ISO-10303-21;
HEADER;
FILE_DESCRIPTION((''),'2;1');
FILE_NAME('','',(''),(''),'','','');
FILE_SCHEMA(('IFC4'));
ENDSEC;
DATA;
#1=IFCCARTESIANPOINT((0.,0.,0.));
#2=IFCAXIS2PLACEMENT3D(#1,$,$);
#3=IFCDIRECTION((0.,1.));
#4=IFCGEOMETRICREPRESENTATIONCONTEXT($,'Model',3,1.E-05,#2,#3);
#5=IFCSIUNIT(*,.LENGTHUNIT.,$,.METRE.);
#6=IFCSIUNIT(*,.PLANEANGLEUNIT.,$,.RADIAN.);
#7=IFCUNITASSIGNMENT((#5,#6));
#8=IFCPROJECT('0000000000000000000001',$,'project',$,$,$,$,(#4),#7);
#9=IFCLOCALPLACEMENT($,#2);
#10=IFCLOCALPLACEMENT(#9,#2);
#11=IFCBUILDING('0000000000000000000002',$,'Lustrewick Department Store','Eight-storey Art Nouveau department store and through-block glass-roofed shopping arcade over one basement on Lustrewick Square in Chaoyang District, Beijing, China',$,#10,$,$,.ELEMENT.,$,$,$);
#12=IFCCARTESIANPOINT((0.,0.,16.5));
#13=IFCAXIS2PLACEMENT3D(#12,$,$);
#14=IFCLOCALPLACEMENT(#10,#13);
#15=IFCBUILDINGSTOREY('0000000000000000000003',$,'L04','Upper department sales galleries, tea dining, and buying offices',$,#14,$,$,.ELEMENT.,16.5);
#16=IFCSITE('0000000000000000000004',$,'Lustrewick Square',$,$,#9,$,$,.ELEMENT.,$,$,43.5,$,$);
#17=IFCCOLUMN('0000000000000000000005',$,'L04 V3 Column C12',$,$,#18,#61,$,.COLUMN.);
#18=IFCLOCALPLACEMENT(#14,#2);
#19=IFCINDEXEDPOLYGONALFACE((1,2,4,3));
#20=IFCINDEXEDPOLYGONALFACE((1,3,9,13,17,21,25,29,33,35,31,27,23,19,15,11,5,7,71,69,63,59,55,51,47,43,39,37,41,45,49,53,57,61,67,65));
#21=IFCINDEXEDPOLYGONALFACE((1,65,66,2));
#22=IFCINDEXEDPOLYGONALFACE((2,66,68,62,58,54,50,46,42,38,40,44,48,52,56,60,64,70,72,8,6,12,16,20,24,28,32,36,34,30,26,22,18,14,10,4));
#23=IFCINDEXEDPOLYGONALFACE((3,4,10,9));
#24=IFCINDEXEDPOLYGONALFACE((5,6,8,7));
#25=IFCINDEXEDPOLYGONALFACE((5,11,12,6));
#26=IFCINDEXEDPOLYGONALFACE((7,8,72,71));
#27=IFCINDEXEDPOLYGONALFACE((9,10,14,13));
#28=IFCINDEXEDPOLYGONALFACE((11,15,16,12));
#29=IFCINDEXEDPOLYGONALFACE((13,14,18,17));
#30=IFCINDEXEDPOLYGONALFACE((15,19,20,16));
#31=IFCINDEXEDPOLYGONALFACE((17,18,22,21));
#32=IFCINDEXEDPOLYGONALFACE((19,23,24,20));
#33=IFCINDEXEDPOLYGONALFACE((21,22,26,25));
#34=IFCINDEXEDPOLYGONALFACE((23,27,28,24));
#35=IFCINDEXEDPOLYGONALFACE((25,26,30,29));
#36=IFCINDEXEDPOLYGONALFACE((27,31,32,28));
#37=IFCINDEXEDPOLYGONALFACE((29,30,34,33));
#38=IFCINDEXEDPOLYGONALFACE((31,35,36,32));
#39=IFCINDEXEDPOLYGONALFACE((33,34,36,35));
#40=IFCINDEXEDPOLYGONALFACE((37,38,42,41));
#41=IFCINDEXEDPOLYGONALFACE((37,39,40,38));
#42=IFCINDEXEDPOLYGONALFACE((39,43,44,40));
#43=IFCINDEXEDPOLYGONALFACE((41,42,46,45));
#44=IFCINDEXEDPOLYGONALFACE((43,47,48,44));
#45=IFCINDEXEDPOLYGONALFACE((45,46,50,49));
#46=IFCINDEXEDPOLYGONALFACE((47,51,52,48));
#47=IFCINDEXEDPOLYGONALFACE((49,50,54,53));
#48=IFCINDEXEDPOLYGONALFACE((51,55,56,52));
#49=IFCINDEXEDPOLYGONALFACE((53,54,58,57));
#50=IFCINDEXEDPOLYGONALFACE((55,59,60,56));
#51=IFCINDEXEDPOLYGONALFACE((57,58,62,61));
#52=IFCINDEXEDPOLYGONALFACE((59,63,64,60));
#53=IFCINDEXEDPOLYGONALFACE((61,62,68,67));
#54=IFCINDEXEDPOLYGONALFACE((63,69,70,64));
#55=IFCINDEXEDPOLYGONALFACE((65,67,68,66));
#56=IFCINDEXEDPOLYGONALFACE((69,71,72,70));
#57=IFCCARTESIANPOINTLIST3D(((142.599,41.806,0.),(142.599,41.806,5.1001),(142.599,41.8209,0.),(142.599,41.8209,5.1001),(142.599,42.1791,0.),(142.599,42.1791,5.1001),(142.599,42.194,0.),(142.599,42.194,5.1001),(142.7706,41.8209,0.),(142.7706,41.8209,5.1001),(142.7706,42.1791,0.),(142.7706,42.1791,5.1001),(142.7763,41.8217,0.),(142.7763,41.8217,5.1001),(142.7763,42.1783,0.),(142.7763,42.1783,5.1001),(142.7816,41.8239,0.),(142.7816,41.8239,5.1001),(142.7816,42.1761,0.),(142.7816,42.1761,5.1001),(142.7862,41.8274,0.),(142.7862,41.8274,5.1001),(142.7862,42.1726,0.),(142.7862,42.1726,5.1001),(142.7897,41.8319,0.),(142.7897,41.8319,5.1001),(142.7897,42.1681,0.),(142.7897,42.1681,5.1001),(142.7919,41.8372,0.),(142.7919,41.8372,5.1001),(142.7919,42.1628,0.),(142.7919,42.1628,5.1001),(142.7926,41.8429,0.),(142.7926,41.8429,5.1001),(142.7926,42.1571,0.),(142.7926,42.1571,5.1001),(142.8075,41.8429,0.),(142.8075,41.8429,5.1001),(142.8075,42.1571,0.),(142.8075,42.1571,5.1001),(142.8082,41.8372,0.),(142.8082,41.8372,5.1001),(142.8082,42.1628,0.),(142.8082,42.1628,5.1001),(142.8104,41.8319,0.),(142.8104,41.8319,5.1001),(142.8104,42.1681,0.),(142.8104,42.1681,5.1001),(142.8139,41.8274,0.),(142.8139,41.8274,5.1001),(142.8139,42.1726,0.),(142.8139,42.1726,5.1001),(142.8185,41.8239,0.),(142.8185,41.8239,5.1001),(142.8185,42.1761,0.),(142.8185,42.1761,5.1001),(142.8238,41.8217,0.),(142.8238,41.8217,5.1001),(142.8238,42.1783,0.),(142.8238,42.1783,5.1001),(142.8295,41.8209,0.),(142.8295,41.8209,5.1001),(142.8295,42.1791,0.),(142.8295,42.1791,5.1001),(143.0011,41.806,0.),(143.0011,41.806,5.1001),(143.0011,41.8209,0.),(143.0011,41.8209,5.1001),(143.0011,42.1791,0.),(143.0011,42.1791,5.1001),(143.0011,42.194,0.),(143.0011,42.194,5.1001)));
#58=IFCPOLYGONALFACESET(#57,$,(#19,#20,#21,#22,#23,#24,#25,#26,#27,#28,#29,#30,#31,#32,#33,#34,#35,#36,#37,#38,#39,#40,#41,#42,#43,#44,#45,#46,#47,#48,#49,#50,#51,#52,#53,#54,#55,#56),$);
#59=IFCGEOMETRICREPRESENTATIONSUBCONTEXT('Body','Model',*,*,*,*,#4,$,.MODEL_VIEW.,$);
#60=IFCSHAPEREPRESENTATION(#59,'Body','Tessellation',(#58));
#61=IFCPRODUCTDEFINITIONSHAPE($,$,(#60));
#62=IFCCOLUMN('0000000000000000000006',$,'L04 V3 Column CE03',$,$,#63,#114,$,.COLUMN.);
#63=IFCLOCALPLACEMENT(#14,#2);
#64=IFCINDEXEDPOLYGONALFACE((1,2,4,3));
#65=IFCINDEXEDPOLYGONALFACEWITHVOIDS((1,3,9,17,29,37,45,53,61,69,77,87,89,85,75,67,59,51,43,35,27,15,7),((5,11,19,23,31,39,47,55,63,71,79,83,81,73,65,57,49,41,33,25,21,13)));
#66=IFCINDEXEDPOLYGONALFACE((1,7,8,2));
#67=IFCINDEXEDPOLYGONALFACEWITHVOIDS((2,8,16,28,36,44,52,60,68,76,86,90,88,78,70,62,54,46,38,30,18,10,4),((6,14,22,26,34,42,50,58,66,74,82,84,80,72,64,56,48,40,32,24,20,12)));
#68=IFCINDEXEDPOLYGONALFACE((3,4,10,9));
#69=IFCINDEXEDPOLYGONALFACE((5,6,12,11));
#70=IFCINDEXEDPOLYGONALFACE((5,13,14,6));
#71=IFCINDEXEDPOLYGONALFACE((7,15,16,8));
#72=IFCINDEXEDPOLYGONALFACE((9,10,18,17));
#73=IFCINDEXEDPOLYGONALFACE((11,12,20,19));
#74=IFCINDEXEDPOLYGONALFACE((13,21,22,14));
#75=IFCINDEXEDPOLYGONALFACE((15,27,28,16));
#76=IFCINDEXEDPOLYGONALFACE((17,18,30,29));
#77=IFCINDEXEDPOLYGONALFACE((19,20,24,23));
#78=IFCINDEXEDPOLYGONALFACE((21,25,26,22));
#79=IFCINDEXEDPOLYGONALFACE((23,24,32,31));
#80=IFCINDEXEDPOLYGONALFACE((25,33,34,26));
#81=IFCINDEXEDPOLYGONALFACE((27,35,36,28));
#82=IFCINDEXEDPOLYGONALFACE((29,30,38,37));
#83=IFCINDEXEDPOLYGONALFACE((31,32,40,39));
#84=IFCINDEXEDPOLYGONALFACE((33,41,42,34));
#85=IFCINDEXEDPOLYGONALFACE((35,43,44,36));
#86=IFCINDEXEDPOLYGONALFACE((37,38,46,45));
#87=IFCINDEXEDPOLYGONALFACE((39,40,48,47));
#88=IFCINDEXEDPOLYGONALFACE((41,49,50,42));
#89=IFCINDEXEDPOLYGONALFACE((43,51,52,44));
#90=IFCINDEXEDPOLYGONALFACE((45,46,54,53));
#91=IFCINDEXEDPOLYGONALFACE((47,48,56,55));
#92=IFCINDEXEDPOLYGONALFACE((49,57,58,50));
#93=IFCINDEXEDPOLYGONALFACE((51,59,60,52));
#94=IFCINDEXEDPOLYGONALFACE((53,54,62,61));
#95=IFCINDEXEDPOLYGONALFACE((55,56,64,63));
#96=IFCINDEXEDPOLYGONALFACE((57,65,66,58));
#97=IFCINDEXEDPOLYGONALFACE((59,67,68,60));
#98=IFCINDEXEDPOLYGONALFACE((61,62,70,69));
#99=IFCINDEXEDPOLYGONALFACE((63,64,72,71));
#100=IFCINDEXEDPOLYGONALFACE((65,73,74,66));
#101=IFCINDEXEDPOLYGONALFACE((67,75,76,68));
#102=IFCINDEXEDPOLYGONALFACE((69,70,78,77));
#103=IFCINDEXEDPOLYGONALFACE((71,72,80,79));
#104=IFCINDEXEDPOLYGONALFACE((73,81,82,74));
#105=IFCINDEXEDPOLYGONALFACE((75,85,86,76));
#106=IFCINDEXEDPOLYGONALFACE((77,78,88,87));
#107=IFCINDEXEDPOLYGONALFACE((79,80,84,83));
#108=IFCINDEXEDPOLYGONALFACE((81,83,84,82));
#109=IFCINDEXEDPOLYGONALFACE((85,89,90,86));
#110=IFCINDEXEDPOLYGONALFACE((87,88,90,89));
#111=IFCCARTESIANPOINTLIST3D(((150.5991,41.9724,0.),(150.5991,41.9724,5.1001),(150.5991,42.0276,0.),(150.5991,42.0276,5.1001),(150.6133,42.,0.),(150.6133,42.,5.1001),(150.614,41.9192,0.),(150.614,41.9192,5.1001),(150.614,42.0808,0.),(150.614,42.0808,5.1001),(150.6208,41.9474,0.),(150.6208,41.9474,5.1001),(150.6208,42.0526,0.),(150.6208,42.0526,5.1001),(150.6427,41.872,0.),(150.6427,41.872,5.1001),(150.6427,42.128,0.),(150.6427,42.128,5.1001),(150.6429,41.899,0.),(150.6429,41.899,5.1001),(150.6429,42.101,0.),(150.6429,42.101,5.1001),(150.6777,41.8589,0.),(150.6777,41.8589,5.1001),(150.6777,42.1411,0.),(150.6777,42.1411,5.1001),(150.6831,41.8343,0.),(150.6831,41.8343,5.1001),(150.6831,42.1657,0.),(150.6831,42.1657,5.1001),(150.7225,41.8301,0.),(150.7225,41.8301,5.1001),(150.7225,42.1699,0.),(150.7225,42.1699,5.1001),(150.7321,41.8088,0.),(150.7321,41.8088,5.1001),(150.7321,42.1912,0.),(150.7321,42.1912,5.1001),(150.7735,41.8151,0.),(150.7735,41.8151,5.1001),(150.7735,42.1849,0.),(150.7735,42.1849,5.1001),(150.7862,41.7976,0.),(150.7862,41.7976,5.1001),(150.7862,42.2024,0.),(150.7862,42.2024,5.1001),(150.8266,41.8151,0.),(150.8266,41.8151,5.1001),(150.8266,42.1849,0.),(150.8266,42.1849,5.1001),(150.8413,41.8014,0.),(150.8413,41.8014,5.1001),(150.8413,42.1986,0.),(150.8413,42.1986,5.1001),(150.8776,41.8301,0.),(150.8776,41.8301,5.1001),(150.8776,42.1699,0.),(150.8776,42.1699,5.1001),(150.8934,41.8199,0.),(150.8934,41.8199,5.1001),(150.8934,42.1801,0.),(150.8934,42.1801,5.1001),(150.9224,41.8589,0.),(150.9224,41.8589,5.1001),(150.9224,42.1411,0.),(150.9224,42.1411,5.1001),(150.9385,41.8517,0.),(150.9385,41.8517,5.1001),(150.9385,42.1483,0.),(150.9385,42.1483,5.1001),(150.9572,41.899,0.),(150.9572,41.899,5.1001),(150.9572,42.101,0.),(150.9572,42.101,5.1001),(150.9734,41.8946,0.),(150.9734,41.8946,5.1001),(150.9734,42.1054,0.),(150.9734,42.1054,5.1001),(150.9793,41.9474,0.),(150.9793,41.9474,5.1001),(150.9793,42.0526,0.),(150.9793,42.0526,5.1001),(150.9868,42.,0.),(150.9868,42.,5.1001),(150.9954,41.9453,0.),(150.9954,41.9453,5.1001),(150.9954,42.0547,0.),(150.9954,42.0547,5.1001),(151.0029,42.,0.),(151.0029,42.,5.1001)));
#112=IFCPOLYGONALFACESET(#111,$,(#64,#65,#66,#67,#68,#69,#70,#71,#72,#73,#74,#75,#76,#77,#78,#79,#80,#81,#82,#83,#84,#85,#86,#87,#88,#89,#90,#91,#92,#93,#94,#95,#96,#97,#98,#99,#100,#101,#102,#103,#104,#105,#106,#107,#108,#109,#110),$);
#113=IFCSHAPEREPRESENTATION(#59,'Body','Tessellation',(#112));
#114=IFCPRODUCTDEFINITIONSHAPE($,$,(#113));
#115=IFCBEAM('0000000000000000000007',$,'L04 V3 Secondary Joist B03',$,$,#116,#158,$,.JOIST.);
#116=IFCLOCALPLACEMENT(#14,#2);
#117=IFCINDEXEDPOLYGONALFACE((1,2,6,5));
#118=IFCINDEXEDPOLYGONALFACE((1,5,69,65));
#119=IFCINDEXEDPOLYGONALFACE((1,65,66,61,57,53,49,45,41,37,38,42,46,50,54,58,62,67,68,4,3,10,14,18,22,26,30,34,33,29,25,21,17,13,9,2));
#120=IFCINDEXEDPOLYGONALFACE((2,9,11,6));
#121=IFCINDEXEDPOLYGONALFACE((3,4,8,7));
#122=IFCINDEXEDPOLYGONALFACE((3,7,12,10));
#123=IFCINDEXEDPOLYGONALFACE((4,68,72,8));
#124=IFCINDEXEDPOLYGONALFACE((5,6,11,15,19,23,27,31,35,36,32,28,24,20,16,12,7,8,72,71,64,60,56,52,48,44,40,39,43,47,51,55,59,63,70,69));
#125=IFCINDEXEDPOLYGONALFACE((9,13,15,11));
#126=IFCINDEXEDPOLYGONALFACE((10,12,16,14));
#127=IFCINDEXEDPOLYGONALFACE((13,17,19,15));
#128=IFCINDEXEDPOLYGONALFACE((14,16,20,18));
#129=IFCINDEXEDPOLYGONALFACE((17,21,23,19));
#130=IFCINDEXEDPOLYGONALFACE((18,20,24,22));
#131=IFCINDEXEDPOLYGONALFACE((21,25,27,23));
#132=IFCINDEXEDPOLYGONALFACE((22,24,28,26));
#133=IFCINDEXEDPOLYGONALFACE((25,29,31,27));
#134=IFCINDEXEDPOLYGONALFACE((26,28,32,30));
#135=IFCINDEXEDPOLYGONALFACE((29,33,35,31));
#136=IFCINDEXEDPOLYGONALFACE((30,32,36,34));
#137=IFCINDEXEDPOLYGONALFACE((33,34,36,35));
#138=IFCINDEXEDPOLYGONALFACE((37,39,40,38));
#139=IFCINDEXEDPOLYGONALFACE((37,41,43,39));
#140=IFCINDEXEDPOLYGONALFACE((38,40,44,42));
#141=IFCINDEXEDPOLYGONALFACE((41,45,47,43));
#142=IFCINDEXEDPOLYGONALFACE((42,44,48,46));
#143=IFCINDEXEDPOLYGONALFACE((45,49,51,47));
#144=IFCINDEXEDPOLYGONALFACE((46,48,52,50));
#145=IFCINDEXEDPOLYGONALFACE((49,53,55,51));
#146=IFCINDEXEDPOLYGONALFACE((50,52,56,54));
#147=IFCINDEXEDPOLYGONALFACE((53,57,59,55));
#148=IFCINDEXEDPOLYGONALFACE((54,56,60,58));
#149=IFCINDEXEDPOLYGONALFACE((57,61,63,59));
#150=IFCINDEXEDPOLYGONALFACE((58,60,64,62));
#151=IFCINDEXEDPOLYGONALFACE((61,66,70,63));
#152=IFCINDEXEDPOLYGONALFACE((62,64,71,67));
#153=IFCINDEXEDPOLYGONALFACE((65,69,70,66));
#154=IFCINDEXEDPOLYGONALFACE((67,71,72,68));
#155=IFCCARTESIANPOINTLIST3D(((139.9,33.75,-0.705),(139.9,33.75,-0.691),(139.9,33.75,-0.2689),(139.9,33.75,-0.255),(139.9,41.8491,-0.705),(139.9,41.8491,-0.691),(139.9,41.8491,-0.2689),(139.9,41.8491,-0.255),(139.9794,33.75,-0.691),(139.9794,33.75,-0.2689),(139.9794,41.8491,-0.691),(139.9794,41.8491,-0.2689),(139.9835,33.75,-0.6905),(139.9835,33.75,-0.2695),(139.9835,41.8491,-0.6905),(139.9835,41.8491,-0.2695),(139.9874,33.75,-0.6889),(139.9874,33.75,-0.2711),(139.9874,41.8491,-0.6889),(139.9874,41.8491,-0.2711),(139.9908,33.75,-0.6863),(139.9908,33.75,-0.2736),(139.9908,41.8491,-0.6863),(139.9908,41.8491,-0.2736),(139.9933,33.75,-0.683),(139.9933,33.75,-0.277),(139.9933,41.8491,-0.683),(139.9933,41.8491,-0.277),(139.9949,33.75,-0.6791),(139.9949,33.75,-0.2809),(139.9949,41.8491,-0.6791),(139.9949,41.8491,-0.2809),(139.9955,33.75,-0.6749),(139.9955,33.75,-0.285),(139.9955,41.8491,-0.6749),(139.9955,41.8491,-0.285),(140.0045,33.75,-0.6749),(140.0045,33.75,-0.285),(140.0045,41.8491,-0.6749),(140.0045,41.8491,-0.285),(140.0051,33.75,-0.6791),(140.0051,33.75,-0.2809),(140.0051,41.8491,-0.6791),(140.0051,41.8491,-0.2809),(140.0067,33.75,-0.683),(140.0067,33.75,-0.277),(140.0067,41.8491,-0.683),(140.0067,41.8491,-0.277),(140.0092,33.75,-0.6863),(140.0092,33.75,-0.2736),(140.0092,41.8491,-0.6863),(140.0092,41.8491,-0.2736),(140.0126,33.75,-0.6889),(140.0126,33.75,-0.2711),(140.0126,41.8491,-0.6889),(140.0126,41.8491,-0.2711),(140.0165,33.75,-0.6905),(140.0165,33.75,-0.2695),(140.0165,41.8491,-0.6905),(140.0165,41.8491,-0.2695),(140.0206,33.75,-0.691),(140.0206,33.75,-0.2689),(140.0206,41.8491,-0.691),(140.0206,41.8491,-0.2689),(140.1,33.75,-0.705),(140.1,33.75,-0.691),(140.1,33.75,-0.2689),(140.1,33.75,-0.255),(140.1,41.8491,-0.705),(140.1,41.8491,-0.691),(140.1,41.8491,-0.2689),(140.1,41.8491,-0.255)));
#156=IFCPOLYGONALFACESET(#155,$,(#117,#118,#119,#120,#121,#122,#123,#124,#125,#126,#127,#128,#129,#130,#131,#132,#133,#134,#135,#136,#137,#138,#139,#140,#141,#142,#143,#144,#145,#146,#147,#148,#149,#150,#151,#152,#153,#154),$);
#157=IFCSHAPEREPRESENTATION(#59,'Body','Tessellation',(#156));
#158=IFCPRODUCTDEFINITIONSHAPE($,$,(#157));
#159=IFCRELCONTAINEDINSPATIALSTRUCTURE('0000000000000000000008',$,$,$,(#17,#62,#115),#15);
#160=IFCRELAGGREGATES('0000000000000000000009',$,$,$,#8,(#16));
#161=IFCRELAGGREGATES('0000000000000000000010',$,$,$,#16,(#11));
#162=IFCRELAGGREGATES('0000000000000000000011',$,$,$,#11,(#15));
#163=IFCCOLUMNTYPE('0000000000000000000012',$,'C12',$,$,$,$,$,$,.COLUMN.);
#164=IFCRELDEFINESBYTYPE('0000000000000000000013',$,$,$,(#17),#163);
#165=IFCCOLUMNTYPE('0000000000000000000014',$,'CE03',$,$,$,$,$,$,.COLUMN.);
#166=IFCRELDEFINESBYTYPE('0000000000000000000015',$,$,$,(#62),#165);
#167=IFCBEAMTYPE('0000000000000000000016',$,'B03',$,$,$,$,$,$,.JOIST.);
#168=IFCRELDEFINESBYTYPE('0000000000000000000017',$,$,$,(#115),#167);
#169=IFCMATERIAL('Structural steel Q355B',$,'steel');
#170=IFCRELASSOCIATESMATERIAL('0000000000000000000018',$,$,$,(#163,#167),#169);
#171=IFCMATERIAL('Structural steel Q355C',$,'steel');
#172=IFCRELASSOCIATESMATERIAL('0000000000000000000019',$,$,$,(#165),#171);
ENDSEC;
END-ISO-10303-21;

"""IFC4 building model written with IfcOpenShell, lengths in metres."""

from ifc_helpers import new_model, si_unit, direction, frame, origin, origin_2d, place, context, subcontext, project, spatial, hollow_circle, i_section, extrude, material, material_profile, profile_set, type_object, element, save


model = new_model("IFC4")

# Units and contexts
model_context = context("Model", 3, precision=1e-05, world=origin(), true_north=direction((0.0, 1.0)))
body_context = subcontext(model_context, "Body", "Model", "MODEL_VIEW")
ifc_project = project(units=[si_unit("LENGTHUNIT", "METRE"), si_unit("PLANEANGLEUNIT", "RADIAN")], contexts=[model_context])

# Site, building, storey
site_placement = place(None, origin())
site = spatial("IfcSite", under=ifc_project, at=site_placement, Name="Lustrewick Square", CompositionType="ELEMENT", RefElevation=43.5)
building_placement = place(site_placement, origin())
building = spatial("IfcBuilding", under=site, at=building_placement, Name="Lustrewick Department Store", Description="Eight-storey Art Nouveau department store and through-block glass-roofed shopping arcade over one basement on Lustrewick Square in Chaoyang District, Beijing, China", CompositionType="ELEMENT")
storey_placement = place(building_placement, frame((0.0, 0.0, 16.5)))
storey = spatial("IfcBuildingStorey", under=building, at=storey_placement, Name="L04", Description="Upper department sales galleries, tea dining, and buying offices", CompositionType="ELEMENT", Elevation=16.5)

# Columns
ifc_material_1 = material(Name="Structural steel Q355B", Category="steel")
ifc_material_profile_1 = material_profile(ifc_material_1, i_section(OverallWidth=0.4021, OverallDepth=0.3879, WebThickness=0.0149, FlangeThickness=0.0149, FilletRadius=0.022, at=origin_2d()), Name="HW 388x402x15x15")
ifc_profile_set_1 = profile_set([ifc_material_profile_1], Name="Structural steel Q355B")
column_type_1 = type_object("IfcColumnType", Name="C12", PredefinedType="COLUMN", material=ifc_profile_set_1)
column_1_placement = place(storey_placement, frame((142.8, 42.0, 0.0), z_axis=(0.0, 0.0, 1.0), x_axis=(1.0, 0.0, 0.0)))
element("IfcColumn", 1, at=column_1_placement, inside=storey, type_object=column_type_1, Name="L04 V3 Column C12", PredefinedType="COLUMN", context=body_context, shape_type="SweptSolid", body=[
    extrude(i_section(OverallWidth=0.4021, OverallDepth=0.3879, WebThickness=0.0149, FlangeThickness=0.0149, FilletRadius=0.022, at=origin_2d()), origin(), (0.0, 0.0, 1.0), 5.1001),
])
ifc_material_2 = material(Name="Structural steel Q355C", Category="steel")
ifc_material_profile_2 = material_profile(ifc_material_2, hollow_circle(Radius=0.2029, WallThickness=0.0161, at=origin_2d()), Name="CHS 406x16")
ifc_profile_set_2 = profile_set([ifc_material_profile_2], Name="Structural steel Q355C")
column_type_2 = type_object("IfcColumnType", Name="CE03", PredefinedType="COLUMN", material=ifc_profile_set_2)
column_2_placement = place(storey_placement, frame((150.8, 42.0, 0.0), z_axis=(0.0, 0.0, 1.0), x_axis=(1.0, 0.0, 0.0)))
element("IfcColumn", 2, at=column_2_placement, inside=storey, type_object=column_type_2, Name="L04 V3 Column CE03", PredefinedType="COLUMN", context=body_context, shape_type="SweptSolid", body=[
    extrude(hollow_circle(Radius=0.2029, WallThickness=0.0161, at=origin_2d()), origin(), (0.0, 0.0, 1.0), 5.1001),
])

# Beam
ifc_material_profile_3 = material_profile(ifc_material_1, i_section(OverallWidth=0.2, OverallDepth=0.45, WebThickness=0.009, FlangeThickness=0.0139, FilletRadius=0.0161, at=origin_2d()), Name="HN 450x200x9x14")
ifc_profile_set_3 = profile_set([ifc_material_profile_3], Name="Structural steel Q355B")
beam_type_1 = type_object("IfcBeamType", Name="B03", PredefinedType="JOIST", material=ifc_profile_set_3)
beam_1_placement = place(storey_placement, frame((140.0, 33.75, -0.48), z_axis=(0.0, 1.0, 0.0), x_axis=(-1.0, 0.0, 0.0)))
element("IfcBeam", 3, at=beam_1_placement, inside=storey, type_object=beam_type_1, Name="L04 V3 Secondary Joist B03", PredefinedType="JOIST", context=body_context, shape_type="SweptSolid", body=[
    extrude(i_section(OverallWidth=0.2, OverallDepth=0.45, WebThickness=0.009, FlangeThickness=0.0139, FilletRadius=0.0161, at=origin_2d()), origin(), (0.0, 0.0, 1.0), 8.0991),
])

save(model, "model.ifc")
